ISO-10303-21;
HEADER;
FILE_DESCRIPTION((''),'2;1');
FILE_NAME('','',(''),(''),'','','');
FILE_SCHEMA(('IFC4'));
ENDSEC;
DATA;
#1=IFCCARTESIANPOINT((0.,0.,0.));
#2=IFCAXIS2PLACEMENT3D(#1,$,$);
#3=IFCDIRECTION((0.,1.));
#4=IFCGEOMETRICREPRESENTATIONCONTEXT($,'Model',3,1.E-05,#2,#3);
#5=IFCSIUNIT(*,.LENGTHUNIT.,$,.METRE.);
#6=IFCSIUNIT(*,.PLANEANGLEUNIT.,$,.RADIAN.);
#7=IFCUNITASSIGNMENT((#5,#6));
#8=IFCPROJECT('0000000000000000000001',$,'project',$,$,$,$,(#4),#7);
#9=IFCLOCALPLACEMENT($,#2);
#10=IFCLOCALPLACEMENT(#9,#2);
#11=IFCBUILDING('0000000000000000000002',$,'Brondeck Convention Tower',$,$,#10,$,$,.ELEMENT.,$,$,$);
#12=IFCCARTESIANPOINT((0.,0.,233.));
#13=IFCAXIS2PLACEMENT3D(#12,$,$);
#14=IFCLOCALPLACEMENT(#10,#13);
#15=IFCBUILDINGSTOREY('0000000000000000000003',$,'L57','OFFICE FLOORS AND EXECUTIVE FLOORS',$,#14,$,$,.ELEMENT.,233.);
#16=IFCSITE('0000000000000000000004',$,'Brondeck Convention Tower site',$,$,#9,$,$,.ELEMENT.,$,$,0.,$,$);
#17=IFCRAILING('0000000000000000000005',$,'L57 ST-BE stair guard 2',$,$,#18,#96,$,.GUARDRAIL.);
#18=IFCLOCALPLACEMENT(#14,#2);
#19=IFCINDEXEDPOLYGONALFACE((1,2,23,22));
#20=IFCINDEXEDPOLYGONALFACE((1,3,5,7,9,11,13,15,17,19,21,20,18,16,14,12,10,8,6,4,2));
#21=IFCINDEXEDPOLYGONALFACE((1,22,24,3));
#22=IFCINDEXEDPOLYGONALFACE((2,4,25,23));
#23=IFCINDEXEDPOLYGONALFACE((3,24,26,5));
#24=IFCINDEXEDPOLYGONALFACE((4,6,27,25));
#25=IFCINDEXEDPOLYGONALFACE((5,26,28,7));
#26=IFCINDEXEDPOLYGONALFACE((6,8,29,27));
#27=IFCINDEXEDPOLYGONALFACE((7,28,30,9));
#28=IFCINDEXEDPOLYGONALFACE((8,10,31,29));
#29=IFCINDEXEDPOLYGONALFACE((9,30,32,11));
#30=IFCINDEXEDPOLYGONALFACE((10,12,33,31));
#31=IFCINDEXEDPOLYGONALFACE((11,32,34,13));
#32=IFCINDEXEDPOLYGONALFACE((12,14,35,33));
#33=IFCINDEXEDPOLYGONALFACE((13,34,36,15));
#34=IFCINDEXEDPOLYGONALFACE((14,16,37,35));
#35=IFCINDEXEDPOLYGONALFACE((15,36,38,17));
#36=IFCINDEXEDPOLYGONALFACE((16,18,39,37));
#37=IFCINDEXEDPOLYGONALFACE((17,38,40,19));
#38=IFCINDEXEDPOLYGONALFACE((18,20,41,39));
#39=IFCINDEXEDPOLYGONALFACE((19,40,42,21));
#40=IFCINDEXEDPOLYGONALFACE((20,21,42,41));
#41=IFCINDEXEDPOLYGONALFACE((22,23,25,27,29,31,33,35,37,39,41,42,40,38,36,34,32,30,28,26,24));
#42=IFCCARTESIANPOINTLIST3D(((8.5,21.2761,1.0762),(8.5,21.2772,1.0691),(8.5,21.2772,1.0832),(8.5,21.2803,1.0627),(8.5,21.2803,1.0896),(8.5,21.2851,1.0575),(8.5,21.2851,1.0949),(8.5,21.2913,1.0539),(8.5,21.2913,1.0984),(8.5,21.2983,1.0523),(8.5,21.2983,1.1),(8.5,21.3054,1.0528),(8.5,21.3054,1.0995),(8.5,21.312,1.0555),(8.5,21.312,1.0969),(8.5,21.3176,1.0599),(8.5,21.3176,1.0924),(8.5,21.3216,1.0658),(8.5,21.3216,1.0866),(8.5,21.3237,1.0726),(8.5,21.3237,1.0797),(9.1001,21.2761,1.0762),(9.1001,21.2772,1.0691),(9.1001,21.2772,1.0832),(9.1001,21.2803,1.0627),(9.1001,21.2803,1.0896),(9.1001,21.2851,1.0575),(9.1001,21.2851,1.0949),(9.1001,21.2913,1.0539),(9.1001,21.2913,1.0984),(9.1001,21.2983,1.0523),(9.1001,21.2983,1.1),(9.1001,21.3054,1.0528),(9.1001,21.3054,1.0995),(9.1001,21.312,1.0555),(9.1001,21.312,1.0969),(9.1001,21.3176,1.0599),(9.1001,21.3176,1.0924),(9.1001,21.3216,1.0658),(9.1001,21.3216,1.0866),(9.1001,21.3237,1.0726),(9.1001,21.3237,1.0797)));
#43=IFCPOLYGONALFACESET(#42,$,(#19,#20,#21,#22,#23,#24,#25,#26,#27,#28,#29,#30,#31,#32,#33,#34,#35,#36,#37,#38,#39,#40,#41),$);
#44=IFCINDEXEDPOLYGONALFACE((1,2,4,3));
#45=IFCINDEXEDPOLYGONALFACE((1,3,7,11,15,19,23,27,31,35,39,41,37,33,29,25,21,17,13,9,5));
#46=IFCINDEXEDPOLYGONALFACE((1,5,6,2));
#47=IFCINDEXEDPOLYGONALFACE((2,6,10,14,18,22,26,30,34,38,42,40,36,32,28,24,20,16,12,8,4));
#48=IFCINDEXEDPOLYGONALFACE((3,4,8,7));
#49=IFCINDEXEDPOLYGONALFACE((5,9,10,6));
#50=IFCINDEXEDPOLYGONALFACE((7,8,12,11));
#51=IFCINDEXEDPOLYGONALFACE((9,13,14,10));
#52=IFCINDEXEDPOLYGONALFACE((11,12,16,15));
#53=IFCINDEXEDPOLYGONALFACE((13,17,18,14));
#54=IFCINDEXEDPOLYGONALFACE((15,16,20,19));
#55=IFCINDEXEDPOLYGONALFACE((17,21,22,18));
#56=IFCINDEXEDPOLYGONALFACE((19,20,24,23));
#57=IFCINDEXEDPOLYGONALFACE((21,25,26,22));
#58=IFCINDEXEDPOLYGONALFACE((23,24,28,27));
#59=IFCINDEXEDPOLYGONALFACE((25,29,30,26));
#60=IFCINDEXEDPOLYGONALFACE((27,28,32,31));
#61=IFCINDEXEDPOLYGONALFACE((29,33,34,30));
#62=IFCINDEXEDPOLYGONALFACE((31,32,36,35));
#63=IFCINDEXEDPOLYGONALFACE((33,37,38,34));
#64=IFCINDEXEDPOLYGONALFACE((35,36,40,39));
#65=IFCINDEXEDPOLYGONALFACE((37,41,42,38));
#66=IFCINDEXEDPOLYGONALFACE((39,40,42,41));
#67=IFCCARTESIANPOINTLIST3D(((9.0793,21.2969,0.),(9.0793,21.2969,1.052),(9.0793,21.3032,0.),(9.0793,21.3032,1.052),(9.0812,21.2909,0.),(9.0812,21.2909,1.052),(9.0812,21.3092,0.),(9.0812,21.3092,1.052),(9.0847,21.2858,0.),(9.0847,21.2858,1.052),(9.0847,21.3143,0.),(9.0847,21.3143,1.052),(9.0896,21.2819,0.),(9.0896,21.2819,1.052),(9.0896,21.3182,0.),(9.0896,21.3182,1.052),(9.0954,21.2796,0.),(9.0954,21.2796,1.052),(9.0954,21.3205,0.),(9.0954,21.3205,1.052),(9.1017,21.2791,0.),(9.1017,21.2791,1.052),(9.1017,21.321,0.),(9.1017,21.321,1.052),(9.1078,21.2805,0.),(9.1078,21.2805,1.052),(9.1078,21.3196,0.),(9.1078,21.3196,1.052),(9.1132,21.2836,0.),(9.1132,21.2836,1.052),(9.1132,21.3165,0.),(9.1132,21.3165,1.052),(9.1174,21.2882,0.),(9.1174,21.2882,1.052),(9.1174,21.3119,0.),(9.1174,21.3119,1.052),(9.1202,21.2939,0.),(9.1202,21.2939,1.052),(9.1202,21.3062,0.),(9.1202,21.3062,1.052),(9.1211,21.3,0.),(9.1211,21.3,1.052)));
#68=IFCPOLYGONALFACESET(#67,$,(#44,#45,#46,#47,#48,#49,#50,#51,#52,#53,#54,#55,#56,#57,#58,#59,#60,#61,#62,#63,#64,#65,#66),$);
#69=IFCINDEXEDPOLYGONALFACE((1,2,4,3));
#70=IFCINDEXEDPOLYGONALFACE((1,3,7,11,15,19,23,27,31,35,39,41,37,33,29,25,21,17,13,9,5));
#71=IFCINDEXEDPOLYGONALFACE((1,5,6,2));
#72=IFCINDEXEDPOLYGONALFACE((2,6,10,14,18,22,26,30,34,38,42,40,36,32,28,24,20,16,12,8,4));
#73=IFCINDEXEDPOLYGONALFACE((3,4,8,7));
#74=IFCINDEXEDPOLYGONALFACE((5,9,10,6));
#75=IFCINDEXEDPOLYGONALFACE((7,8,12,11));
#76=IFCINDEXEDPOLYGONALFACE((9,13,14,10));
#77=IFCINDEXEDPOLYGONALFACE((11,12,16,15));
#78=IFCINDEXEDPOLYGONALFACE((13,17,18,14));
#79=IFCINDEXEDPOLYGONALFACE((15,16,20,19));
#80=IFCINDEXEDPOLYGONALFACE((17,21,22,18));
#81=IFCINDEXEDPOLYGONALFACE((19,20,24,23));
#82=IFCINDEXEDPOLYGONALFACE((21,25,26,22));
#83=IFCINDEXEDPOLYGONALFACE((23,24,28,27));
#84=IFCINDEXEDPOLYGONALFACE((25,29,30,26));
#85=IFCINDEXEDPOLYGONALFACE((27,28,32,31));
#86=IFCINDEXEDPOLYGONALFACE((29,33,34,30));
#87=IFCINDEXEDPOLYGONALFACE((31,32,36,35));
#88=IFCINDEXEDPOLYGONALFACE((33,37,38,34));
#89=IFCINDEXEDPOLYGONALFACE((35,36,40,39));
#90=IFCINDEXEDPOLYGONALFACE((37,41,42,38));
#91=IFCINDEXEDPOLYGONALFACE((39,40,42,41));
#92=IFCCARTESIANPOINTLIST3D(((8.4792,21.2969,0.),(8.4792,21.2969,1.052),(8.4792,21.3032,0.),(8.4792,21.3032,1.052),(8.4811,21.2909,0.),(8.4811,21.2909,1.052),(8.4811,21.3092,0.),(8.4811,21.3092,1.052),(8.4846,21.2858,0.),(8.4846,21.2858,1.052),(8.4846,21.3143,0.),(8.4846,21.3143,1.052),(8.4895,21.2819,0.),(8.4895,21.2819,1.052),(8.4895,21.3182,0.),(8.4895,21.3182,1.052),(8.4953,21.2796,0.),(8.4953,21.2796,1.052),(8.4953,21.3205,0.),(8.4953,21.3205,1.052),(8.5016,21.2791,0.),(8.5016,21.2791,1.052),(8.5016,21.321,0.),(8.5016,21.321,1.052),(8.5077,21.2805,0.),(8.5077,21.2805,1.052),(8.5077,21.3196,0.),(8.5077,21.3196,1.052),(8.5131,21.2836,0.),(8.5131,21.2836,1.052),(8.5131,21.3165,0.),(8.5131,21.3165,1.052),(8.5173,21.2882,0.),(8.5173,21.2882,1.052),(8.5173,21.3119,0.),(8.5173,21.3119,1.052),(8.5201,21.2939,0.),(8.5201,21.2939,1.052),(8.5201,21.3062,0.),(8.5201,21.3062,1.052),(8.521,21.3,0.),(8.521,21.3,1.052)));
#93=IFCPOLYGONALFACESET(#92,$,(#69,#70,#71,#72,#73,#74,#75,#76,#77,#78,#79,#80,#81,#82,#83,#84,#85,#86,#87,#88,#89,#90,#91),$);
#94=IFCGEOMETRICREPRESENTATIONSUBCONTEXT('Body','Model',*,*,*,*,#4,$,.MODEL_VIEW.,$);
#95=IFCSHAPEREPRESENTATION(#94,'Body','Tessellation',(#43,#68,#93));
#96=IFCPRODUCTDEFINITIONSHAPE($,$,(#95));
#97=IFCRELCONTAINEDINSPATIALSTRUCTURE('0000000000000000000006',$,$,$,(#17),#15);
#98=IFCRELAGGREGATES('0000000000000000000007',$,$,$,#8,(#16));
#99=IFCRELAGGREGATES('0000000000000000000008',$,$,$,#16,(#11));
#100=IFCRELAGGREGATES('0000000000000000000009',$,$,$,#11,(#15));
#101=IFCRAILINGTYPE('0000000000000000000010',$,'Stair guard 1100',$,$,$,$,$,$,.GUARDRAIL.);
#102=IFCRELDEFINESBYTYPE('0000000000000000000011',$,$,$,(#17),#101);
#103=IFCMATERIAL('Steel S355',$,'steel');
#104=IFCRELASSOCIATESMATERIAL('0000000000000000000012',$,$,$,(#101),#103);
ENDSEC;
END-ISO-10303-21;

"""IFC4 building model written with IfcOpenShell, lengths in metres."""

from ifc_helpers import new_model, si_unit, direction, frame, origin, origin_2d, place, context, subcontext, project, spatial, circle, extrude, material, type_object, element, save


model = new_model("IFC4")

# Units and contexts
model_context = context("Model", 3, precision=1e-05, world=origin(), true_north=direction((0.0, 1.0)))
body_context = subcontext(model_context, "Body", "Model", "MODEL_VIEW")
ifc_project = project(units=[si_unit("LENGTHUNIT", "METRE"), si_unit("PLANEANGLEUNIT", "RADIAN")], contexts=[model_context])

# Site, building, storey
site_placement = place(None, origin())
site = spatial("IfcSite", under=ifc_project, at=site_placement, Name="Brondeck Convention Tower site", CompositionType="ELEMENT", RefElevation=0.0)
building_placement = place(site_placement, origin())
building = spatial("IfcBuilding", under=site, at=building_placement, Name="Brondeck Convention Tower", CompositionType="ELEMENT")
storey_placement = place(building_placement, frame((0.0, 0.0, 233.0)))
storey = spatial("IfcBuildingStorey", under=building, at=storey_placement, Name="L57", Description="OFFICE FLOORS AND EXECUTIVE FLOORS", CompositionType="ELEMENT", Elevation=233.0)

# Railing
ifc_material_1 = material(Name="Steel S355", Category="steel")
railing_type = type_object("IfcRailingType", Name="Stair guard 1100", PredefinedType="GUARDRAIL", material=ifc_material_1)
railing_placement = place(storey_placement, frame((9.1001, 21.3, 0.0)))
element("IfcRailing", 1, at=railing_placement, inside=storey, type_object=railing_type, Name="L57 ST-BE stair guard 2", PredefinedType="GUARDRAIL", context=body_context, shape_type="SweptSolid", body=[
    extrude(circle(Radius=0.0239, at=origin_2d()), frame((0.0, 0.0, 1.0762), z_axis=(-1.0, 0.0, 0.0), x_axis=(0.0, -1.0, 0.0)), (0.0, 0.0, 1.0), 0.6001),
    extrude(circle(Radius=0.021, at=origin_2d()), origin(), (0.0, 0.0, 1.0), 1.052),
    extrude(circle(Radius=0.021, at=origin_2d()), frame((-0.6001, 0.0, 0.0)), (0.0, 0.0, 1.0), 1.052),
])

save(model, "model.ifc")
